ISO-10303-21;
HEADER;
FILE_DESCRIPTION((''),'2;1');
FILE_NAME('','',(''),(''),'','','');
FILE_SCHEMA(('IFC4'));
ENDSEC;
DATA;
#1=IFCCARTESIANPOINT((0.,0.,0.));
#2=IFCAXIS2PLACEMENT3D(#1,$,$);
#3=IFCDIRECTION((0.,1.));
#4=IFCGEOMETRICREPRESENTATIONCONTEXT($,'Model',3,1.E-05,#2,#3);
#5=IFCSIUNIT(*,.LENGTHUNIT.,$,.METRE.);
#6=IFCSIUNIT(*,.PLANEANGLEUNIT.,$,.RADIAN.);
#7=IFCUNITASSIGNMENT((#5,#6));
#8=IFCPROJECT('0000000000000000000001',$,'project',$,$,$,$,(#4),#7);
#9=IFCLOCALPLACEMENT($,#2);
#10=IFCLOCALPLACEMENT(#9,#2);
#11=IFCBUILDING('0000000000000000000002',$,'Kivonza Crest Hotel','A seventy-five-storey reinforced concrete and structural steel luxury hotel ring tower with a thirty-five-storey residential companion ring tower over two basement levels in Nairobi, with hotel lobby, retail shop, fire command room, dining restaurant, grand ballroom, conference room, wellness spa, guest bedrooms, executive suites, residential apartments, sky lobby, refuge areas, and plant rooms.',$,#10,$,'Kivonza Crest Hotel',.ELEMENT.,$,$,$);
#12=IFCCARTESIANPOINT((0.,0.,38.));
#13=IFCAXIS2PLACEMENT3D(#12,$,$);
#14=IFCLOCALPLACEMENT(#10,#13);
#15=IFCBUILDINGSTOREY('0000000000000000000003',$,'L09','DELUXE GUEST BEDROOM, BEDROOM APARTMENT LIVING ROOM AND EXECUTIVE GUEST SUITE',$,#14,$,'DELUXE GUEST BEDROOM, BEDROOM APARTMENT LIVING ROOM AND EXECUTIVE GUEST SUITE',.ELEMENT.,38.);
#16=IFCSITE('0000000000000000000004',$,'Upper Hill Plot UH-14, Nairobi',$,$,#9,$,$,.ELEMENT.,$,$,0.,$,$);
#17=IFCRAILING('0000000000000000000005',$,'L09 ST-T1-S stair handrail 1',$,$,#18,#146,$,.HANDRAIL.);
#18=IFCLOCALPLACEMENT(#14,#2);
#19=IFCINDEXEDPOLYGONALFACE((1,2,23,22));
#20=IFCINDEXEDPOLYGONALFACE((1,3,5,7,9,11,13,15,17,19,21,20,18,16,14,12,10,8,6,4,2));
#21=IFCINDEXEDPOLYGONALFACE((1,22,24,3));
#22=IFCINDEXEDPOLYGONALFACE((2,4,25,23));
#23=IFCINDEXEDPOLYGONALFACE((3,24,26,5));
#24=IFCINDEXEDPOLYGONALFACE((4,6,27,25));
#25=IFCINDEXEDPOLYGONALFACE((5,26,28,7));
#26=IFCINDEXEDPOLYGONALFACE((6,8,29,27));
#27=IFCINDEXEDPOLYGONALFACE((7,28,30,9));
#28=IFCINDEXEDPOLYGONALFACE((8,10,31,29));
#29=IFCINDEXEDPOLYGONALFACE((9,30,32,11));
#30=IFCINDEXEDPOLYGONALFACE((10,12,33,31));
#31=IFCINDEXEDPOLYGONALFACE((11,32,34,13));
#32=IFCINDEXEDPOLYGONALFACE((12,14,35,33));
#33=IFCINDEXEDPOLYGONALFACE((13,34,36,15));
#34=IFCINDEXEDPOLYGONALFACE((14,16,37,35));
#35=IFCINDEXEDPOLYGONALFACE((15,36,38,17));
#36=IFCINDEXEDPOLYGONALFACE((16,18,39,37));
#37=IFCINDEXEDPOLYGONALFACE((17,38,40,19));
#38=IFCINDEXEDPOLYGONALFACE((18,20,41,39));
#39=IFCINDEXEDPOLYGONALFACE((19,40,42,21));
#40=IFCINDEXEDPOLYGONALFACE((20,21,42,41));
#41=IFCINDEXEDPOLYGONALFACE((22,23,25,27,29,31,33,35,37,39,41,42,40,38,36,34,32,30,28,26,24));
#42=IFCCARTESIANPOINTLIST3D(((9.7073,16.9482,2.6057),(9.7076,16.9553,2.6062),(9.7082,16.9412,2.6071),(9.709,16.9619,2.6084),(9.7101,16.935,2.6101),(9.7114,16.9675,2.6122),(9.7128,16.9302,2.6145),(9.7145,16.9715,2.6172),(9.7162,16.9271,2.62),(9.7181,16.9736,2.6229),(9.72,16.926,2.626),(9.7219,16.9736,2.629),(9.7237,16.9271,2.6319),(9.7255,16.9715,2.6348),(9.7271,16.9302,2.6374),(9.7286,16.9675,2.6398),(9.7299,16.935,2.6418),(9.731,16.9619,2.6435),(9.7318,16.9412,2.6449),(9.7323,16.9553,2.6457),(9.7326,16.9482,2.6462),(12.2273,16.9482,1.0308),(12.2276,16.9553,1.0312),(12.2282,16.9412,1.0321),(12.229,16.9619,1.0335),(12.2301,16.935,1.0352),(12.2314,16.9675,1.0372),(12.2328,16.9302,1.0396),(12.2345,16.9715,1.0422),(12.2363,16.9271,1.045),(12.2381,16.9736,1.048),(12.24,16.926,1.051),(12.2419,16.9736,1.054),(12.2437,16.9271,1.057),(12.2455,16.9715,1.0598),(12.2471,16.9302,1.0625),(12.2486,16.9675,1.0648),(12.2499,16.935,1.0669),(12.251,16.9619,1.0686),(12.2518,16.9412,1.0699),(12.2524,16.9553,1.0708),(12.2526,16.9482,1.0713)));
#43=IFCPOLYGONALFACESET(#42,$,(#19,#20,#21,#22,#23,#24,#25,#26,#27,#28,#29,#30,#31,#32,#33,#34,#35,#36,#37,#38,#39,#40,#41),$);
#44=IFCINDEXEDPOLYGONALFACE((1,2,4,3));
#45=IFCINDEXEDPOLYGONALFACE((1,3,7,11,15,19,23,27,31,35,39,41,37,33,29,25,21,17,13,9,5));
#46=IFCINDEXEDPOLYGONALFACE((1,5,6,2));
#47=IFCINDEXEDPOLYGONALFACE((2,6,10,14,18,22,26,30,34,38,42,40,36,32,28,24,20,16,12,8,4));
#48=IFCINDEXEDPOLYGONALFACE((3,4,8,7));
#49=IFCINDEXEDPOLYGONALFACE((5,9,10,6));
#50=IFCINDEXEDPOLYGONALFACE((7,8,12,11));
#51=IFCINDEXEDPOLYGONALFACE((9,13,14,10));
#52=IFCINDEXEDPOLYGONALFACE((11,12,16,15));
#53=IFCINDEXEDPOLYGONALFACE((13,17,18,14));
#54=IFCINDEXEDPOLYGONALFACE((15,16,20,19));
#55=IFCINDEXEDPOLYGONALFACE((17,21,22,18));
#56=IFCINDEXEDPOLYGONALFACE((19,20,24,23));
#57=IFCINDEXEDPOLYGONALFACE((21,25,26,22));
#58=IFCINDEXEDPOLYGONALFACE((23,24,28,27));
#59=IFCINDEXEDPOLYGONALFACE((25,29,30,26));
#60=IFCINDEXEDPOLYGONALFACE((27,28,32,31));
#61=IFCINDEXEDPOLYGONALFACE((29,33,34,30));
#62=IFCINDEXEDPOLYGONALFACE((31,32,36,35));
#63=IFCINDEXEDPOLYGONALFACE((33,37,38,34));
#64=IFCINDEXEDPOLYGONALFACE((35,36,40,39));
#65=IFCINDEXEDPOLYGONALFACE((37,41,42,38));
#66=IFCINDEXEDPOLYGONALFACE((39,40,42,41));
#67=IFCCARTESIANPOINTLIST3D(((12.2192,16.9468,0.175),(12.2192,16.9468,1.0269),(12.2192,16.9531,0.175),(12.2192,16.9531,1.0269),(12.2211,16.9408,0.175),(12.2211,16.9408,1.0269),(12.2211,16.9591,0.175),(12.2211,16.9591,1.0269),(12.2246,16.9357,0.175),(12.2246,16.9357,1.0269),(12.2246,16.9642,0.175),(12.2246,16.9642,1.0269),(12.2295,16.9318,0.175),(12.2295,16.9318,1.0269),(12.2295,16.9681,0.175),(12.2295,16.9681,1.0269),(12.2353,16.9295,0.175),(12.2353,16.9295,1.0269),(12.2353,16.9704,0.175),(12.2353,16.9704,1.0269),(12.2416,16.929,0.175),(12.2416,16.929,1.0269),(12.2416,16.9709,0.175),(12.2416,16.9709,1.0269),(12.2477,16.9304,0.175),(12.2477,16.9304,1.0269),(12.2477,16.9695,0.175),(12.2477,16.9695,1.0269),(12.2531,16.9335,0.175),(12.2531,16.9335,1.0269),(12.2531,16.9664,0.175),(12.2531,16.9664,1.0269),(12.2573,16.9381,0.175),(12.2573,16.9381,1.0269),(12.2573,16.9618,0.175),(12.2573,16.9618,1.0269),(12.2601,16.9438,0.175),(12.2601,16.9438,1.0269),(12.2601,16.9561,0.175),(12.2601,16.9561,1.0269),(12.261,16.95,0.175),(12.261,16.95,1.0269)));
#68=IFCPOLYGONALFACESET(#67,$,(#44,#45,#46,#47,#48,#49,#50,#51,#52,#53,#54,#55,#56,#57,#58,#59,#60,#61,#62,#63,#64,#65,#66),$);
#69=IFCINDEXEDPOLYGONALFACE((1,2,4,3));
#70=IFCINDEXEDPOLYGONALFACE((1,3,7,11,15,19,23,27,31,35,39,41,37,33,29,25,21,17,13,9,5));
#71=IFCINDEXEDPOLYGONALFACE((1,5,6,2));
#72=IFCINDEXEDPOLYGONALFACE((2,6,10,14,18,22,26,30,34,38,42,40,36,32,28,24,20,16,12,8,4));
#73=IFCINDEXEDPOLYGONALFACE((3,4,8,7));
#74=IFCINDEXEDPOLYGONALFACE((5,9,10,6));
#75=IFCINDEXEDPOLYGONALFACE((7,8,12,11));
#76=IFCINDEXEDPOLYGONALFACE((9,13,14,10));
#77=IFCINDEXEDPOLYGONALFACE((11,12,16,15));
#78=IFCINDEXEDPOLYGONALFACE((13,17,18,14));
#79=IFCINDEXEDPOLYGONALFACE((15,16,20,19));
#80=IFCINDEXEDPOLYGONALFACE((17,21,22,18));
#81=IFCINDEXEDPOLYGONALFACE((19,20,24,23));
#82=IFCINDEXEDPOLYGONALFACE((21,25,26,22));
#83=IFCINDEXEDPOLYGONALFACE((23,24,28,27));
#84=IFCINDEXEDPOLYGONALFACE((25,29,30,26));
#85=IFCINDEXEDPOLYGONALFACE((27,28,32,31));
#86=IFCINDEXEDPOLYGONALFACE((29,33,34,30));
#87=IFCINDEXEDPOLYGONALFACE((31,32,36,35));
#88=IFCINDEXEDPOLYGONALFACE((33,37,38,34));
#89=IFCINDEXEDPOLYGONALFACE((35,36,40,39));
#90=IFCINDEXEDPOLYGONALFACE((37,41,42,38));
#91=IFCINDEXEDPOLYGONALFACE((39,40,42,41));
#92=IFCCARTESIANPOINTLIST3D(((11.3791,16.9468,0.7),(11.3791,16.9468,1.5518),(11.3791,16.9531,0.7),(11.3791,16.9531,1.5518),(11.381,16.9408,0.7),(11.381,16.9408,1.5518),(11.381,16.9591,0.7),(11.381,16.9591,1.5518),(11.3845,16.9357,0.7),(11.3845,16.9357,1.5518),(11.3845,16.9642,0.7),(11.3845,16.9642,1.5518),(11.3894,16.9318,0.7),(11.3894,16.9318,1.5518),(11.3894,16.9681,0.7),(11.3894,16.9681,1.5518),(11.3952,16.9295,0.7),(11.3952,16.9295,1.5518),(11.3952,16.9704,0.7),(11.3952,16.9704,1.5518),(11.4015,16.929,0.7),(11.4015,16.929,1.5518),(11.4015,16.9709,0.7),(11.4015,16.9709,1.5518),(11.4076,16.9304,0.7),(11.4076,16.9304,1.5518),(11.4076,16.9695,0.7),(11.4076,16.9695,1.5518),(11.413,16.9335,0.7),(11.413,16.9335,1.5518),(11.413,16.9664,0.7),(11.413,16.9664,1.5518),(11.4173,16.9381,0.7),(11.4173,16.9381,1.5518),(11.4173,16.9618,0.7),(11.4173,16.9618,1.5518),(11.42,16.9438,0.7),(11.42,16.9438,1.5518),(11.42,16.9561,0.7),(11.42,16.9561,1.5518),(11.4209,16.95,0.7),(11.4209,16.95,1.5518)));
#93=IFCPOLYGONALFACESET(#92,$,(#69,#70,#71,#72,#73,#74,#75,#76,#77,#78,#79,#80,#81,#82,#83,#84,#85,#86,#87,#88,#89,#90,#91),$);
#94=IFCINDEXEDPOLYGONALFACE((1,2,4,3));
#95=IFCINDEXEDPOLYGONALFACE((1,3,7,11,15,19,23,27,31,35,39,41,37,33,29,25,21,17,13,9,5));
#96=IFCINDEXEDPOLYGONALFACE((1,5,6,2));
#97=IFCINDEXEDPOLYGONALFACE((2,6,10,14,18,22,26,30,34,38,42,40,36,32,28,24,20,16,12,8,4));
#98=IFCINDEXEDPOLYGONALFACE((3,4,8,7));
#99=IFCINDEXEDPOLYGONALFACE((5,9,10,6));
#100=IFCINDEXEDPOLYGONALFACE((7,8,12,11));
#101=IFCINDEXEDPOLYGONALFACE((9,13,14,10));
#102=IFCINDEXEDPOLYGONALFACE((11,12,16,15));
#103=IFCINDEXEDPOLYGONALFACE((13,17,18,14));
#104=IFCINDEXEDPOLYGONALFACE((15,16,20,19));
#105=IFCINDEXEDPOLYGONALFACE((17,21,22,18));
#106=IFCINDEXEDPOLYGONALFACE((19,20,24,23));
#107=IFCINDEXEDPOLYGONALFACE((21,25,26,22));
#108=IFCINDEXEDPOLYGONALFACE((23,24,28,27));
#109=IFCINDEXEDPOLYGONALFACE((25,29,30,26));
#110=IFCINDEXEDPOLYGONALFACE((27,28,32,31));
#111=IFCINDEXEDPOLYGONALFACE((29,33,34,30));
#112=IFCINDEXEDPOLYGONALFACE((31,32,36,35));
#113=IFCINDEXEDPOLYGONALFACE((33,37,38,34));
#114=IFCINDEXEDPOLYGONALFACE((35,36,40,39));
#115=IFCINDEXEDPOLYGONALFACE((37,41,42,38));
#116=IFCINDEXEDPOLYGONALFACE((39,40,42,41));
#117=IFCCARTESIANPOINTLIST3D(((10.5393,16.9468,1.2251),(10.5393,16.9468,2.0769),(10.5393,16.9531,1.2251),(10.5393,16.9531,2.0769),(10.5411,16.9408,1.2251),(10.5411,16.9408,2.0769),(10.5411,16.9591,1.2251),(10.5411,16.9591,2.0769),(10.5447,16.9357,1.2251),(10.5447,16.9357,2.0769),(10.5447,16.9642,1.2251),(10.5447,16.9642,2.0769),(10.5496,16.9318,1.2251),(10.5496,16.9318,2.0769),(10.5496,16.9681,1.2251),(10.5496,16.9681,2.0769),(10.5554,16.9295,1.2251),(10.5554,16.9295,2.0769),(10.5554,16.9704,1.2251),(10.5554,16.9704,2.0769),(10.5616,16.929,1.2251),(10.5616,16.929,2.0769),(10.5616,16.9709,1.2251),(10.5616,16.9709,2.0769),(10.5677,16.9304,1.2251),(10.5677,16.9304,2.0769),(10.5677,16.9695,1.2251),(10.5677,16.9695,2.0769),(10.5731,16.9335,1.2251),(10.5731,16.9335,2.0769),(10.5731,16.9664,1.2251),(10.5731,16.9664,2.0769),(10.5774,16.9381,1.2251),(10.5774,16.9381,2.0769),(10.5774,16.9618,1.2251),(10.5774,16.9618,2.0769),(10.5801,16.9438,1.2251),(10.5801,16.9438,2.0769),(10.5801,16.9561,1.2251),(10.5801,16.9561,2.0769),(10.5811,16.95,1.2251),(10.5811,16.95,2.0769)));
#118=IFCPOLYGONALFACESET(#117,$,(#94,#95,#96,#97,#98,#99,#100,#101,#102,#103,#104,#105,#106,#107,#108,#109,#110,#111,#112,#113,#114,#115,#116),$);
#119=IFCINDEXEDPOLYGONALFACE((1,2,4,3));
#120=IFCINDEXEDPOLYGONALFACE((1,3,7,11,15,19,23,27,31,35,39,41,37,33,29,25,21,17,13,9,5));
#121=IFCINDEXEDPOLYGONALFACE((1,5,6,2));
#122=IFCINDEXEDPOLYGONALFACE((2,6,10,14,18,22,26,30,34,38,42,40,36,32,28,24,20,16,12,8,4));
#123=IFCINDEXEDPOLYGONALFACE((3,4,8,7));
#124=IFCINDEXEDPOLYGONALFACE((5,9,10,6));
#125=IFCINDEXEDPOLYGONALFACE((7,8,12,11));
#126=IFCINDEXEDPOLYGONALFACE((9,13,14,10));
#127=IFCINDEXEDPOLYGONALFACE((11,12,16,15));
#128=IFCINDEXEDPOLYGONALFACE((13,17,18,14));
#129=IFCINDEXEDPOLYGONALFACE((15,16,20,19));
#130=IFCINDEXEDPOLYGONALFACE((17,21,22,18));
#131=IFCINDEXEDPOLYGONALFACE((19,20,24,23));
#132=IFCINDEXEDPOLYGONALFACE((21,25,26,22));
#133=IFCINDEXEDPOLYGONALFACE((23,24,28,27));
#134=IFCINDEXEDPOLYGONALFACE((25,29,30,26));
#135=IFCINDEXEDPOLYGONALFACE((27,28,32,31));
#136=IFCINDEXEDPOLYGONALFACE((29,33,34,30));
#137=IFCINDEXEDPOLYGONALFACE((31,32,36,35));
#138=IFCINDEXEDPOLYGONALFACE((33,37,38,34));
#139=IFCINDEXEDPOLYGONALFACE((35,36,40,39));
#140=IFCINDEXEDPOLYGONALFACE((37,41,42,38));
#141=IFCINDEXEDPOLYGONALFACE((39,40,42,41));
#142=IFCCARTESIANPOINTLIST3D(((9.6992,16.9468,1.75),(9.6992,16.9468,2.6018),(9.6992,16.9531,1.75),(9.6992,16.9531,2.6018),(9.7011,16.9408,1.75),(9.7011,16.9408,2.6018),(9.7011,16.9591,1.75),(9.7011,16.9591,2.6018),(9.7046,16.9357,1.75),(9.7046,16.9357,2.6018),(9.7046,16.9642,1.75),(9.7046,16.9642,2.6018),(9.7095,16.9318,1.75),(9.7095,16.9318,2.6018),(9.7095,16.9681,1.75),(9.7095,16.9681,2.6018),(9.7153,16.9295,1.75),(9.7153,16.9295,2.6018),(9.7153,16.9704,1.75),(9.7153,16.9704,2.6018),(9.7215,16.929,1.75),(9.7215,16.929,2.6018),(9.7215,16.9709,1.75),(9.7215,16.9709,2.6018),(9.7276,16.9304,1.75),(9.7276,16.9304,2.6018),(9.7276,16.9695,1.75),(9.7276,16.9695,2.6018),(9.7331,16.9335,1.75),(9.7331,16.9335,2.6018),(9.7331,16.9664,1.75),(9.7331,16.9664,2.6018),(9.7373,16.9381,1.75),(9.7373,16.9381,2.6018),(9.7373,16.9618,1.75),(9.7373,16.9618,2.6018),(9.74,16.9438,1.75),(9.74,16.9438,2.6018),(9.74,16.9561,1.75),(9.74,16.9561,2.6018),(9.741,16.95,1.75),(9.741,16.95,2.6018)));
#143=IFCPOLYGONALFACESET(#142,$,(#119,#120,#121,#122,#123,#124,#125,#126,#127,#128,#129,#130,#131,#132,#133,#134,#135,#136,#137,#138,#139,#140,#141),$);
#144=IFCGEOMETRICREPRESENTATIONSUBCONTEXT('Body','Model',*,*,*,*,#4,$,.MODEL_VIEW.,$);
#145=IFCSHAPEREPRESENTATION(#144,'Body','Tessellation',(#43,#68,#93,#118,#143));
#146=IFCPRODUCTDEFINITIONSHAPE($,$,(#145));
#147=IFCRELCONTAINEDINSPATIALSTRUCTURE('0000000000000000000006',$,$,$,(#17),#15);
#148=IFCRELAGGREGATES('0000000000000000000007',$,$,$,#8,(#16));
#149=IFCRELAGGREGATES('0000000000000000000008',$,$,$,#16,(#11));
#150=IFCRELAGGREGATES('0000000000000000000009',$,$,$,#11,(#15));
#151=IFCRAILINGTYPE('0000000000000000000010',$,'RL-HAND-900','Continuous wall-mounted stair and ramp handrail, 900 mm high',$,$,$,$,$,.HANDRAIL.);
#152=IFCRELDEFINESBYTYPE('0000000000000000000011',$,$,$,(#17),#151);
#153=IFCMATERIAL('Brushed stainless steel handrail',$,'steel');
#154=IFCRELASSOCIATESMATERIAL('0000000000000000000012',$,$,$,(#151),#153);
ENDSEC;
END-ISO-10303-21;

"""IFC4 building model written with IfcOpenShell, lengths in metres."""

from ifc_helpers import new_model, si_unit, direction, frame, origin, origin_2d, place, context, subcontext, project, spatial, circle, extrude, material, type_object, element, save


model = new_model("IFC4")

# Units and contexts
model_context = context("Model", 3, precision=1e-05, world=origin(), true_north=direction((0.0, 1.0)))
body_context = subcontext(model_context, "Body", "Model", "MODEL_VIEW")
ifc_project = project(units=[si_unit("LENGTHUNIT", "METRE"), si_unit("PLANEANGLEUNIT", "RADIAN")], contexts=[model_context])

# Site, building, storey
site_placement = place(None, origin())
site = spatial("IfcSite", under=ifc_project, at=site_placement, Name="Upper Hill Plot UH-14, Nairobi", CompositionType="ELEMENT", RefElevation=0.0)
building_placement = place(site_placement, origin())
building = spatial("IfcBuilding", under=site, at=building_placement, Name="Kivonza Crest Hotel", Description="A seventy-five-storey reinforced concrete and structural steel luxury hotel ring tower with a thirty-five-storey residential companion ring tower over two basement levels in Nairobi, with hotel lobby, retail shop, fire command room, dining restaurant, grand ballroom, conference room, wellness spa, guest bedrooms, executive suites, residential apartments, sky lobby, refuge areas, and plant rooms.", LongName="Kivonza Crest Hotel", CompositionType="ELEMENT")
storey_placement = place(building_placement, frame((0.0, 0.0, 38.0)))
storey = spatial("IfcBuildingStorey", under=building, at=storey_placement, Name="L09", Description="DELUXE GUEST BEDROOM, BEDROOM APARTMENT LIVING ROOM AND EXECUTIVE GUEST SUITE", LongName="DELUXE GUEST BEDROOM, BEDROOM APARTMENT LIVING ROOM AND EXECUTIVE GUEST SUITE", CompositionType="ELEMENT", Elevation=38.0)

# Railing
ifc_material_1 = material(Name="Brushed stainless steel handrail", Category="steel")
railing_type_1 = type_object("IfcRailingType", Name="RL-HAND-900", Description="Continuous wall-mounted stair and ramp handrail, 900 mm high", PredefinedType="HANDRAIL", material=ifc_material_1)
railing_1_placement = place(storey_placement, frame((12.24, 16.95, 0.175)))
element("IfcRailing", 1, at=railing_1_placement, inside=storey, type_object=railing_type_1, Name="L09 ST-T1-S stair handrail 1", PredefinedType="HANDRAIL", context=body_context, shape_type="SweptSolid", body=[
    extrude(circle(Radius=0.0239, at=origin_2d()), frame((0.0, 0.0, 0.876), z_axis=(-0.848008, 0.0, 0.529984), x_axis=(0.0, -1.0, 0.0)), (0.0, 0.0, 1.0), 2.9717),
    extrude(circle(Radius=0.021, at=origin_2d()), origin(), (0.0, 0.0, 1.0), 0.8518),
    extrude(circle(Radius=0.021, at=origin_2d()), frame((-0.8401, 0.0, 0.5249)), (0.0, 0.0, 1.0), 0.8518),
    extrude(circle(Radius=0.021, at=origin_2d()), frame((-1.6799, 0.0, 1.05)), (0.0, 0.0, 1.0), 0.8518),
    extrude(circle(Radius=0.021, at=origin_2d()), frame((-2.52, 0.0, 1.575)), (0.0, 0.0, 1.0), 0.8518),
])

save(model, "model.ifc")
